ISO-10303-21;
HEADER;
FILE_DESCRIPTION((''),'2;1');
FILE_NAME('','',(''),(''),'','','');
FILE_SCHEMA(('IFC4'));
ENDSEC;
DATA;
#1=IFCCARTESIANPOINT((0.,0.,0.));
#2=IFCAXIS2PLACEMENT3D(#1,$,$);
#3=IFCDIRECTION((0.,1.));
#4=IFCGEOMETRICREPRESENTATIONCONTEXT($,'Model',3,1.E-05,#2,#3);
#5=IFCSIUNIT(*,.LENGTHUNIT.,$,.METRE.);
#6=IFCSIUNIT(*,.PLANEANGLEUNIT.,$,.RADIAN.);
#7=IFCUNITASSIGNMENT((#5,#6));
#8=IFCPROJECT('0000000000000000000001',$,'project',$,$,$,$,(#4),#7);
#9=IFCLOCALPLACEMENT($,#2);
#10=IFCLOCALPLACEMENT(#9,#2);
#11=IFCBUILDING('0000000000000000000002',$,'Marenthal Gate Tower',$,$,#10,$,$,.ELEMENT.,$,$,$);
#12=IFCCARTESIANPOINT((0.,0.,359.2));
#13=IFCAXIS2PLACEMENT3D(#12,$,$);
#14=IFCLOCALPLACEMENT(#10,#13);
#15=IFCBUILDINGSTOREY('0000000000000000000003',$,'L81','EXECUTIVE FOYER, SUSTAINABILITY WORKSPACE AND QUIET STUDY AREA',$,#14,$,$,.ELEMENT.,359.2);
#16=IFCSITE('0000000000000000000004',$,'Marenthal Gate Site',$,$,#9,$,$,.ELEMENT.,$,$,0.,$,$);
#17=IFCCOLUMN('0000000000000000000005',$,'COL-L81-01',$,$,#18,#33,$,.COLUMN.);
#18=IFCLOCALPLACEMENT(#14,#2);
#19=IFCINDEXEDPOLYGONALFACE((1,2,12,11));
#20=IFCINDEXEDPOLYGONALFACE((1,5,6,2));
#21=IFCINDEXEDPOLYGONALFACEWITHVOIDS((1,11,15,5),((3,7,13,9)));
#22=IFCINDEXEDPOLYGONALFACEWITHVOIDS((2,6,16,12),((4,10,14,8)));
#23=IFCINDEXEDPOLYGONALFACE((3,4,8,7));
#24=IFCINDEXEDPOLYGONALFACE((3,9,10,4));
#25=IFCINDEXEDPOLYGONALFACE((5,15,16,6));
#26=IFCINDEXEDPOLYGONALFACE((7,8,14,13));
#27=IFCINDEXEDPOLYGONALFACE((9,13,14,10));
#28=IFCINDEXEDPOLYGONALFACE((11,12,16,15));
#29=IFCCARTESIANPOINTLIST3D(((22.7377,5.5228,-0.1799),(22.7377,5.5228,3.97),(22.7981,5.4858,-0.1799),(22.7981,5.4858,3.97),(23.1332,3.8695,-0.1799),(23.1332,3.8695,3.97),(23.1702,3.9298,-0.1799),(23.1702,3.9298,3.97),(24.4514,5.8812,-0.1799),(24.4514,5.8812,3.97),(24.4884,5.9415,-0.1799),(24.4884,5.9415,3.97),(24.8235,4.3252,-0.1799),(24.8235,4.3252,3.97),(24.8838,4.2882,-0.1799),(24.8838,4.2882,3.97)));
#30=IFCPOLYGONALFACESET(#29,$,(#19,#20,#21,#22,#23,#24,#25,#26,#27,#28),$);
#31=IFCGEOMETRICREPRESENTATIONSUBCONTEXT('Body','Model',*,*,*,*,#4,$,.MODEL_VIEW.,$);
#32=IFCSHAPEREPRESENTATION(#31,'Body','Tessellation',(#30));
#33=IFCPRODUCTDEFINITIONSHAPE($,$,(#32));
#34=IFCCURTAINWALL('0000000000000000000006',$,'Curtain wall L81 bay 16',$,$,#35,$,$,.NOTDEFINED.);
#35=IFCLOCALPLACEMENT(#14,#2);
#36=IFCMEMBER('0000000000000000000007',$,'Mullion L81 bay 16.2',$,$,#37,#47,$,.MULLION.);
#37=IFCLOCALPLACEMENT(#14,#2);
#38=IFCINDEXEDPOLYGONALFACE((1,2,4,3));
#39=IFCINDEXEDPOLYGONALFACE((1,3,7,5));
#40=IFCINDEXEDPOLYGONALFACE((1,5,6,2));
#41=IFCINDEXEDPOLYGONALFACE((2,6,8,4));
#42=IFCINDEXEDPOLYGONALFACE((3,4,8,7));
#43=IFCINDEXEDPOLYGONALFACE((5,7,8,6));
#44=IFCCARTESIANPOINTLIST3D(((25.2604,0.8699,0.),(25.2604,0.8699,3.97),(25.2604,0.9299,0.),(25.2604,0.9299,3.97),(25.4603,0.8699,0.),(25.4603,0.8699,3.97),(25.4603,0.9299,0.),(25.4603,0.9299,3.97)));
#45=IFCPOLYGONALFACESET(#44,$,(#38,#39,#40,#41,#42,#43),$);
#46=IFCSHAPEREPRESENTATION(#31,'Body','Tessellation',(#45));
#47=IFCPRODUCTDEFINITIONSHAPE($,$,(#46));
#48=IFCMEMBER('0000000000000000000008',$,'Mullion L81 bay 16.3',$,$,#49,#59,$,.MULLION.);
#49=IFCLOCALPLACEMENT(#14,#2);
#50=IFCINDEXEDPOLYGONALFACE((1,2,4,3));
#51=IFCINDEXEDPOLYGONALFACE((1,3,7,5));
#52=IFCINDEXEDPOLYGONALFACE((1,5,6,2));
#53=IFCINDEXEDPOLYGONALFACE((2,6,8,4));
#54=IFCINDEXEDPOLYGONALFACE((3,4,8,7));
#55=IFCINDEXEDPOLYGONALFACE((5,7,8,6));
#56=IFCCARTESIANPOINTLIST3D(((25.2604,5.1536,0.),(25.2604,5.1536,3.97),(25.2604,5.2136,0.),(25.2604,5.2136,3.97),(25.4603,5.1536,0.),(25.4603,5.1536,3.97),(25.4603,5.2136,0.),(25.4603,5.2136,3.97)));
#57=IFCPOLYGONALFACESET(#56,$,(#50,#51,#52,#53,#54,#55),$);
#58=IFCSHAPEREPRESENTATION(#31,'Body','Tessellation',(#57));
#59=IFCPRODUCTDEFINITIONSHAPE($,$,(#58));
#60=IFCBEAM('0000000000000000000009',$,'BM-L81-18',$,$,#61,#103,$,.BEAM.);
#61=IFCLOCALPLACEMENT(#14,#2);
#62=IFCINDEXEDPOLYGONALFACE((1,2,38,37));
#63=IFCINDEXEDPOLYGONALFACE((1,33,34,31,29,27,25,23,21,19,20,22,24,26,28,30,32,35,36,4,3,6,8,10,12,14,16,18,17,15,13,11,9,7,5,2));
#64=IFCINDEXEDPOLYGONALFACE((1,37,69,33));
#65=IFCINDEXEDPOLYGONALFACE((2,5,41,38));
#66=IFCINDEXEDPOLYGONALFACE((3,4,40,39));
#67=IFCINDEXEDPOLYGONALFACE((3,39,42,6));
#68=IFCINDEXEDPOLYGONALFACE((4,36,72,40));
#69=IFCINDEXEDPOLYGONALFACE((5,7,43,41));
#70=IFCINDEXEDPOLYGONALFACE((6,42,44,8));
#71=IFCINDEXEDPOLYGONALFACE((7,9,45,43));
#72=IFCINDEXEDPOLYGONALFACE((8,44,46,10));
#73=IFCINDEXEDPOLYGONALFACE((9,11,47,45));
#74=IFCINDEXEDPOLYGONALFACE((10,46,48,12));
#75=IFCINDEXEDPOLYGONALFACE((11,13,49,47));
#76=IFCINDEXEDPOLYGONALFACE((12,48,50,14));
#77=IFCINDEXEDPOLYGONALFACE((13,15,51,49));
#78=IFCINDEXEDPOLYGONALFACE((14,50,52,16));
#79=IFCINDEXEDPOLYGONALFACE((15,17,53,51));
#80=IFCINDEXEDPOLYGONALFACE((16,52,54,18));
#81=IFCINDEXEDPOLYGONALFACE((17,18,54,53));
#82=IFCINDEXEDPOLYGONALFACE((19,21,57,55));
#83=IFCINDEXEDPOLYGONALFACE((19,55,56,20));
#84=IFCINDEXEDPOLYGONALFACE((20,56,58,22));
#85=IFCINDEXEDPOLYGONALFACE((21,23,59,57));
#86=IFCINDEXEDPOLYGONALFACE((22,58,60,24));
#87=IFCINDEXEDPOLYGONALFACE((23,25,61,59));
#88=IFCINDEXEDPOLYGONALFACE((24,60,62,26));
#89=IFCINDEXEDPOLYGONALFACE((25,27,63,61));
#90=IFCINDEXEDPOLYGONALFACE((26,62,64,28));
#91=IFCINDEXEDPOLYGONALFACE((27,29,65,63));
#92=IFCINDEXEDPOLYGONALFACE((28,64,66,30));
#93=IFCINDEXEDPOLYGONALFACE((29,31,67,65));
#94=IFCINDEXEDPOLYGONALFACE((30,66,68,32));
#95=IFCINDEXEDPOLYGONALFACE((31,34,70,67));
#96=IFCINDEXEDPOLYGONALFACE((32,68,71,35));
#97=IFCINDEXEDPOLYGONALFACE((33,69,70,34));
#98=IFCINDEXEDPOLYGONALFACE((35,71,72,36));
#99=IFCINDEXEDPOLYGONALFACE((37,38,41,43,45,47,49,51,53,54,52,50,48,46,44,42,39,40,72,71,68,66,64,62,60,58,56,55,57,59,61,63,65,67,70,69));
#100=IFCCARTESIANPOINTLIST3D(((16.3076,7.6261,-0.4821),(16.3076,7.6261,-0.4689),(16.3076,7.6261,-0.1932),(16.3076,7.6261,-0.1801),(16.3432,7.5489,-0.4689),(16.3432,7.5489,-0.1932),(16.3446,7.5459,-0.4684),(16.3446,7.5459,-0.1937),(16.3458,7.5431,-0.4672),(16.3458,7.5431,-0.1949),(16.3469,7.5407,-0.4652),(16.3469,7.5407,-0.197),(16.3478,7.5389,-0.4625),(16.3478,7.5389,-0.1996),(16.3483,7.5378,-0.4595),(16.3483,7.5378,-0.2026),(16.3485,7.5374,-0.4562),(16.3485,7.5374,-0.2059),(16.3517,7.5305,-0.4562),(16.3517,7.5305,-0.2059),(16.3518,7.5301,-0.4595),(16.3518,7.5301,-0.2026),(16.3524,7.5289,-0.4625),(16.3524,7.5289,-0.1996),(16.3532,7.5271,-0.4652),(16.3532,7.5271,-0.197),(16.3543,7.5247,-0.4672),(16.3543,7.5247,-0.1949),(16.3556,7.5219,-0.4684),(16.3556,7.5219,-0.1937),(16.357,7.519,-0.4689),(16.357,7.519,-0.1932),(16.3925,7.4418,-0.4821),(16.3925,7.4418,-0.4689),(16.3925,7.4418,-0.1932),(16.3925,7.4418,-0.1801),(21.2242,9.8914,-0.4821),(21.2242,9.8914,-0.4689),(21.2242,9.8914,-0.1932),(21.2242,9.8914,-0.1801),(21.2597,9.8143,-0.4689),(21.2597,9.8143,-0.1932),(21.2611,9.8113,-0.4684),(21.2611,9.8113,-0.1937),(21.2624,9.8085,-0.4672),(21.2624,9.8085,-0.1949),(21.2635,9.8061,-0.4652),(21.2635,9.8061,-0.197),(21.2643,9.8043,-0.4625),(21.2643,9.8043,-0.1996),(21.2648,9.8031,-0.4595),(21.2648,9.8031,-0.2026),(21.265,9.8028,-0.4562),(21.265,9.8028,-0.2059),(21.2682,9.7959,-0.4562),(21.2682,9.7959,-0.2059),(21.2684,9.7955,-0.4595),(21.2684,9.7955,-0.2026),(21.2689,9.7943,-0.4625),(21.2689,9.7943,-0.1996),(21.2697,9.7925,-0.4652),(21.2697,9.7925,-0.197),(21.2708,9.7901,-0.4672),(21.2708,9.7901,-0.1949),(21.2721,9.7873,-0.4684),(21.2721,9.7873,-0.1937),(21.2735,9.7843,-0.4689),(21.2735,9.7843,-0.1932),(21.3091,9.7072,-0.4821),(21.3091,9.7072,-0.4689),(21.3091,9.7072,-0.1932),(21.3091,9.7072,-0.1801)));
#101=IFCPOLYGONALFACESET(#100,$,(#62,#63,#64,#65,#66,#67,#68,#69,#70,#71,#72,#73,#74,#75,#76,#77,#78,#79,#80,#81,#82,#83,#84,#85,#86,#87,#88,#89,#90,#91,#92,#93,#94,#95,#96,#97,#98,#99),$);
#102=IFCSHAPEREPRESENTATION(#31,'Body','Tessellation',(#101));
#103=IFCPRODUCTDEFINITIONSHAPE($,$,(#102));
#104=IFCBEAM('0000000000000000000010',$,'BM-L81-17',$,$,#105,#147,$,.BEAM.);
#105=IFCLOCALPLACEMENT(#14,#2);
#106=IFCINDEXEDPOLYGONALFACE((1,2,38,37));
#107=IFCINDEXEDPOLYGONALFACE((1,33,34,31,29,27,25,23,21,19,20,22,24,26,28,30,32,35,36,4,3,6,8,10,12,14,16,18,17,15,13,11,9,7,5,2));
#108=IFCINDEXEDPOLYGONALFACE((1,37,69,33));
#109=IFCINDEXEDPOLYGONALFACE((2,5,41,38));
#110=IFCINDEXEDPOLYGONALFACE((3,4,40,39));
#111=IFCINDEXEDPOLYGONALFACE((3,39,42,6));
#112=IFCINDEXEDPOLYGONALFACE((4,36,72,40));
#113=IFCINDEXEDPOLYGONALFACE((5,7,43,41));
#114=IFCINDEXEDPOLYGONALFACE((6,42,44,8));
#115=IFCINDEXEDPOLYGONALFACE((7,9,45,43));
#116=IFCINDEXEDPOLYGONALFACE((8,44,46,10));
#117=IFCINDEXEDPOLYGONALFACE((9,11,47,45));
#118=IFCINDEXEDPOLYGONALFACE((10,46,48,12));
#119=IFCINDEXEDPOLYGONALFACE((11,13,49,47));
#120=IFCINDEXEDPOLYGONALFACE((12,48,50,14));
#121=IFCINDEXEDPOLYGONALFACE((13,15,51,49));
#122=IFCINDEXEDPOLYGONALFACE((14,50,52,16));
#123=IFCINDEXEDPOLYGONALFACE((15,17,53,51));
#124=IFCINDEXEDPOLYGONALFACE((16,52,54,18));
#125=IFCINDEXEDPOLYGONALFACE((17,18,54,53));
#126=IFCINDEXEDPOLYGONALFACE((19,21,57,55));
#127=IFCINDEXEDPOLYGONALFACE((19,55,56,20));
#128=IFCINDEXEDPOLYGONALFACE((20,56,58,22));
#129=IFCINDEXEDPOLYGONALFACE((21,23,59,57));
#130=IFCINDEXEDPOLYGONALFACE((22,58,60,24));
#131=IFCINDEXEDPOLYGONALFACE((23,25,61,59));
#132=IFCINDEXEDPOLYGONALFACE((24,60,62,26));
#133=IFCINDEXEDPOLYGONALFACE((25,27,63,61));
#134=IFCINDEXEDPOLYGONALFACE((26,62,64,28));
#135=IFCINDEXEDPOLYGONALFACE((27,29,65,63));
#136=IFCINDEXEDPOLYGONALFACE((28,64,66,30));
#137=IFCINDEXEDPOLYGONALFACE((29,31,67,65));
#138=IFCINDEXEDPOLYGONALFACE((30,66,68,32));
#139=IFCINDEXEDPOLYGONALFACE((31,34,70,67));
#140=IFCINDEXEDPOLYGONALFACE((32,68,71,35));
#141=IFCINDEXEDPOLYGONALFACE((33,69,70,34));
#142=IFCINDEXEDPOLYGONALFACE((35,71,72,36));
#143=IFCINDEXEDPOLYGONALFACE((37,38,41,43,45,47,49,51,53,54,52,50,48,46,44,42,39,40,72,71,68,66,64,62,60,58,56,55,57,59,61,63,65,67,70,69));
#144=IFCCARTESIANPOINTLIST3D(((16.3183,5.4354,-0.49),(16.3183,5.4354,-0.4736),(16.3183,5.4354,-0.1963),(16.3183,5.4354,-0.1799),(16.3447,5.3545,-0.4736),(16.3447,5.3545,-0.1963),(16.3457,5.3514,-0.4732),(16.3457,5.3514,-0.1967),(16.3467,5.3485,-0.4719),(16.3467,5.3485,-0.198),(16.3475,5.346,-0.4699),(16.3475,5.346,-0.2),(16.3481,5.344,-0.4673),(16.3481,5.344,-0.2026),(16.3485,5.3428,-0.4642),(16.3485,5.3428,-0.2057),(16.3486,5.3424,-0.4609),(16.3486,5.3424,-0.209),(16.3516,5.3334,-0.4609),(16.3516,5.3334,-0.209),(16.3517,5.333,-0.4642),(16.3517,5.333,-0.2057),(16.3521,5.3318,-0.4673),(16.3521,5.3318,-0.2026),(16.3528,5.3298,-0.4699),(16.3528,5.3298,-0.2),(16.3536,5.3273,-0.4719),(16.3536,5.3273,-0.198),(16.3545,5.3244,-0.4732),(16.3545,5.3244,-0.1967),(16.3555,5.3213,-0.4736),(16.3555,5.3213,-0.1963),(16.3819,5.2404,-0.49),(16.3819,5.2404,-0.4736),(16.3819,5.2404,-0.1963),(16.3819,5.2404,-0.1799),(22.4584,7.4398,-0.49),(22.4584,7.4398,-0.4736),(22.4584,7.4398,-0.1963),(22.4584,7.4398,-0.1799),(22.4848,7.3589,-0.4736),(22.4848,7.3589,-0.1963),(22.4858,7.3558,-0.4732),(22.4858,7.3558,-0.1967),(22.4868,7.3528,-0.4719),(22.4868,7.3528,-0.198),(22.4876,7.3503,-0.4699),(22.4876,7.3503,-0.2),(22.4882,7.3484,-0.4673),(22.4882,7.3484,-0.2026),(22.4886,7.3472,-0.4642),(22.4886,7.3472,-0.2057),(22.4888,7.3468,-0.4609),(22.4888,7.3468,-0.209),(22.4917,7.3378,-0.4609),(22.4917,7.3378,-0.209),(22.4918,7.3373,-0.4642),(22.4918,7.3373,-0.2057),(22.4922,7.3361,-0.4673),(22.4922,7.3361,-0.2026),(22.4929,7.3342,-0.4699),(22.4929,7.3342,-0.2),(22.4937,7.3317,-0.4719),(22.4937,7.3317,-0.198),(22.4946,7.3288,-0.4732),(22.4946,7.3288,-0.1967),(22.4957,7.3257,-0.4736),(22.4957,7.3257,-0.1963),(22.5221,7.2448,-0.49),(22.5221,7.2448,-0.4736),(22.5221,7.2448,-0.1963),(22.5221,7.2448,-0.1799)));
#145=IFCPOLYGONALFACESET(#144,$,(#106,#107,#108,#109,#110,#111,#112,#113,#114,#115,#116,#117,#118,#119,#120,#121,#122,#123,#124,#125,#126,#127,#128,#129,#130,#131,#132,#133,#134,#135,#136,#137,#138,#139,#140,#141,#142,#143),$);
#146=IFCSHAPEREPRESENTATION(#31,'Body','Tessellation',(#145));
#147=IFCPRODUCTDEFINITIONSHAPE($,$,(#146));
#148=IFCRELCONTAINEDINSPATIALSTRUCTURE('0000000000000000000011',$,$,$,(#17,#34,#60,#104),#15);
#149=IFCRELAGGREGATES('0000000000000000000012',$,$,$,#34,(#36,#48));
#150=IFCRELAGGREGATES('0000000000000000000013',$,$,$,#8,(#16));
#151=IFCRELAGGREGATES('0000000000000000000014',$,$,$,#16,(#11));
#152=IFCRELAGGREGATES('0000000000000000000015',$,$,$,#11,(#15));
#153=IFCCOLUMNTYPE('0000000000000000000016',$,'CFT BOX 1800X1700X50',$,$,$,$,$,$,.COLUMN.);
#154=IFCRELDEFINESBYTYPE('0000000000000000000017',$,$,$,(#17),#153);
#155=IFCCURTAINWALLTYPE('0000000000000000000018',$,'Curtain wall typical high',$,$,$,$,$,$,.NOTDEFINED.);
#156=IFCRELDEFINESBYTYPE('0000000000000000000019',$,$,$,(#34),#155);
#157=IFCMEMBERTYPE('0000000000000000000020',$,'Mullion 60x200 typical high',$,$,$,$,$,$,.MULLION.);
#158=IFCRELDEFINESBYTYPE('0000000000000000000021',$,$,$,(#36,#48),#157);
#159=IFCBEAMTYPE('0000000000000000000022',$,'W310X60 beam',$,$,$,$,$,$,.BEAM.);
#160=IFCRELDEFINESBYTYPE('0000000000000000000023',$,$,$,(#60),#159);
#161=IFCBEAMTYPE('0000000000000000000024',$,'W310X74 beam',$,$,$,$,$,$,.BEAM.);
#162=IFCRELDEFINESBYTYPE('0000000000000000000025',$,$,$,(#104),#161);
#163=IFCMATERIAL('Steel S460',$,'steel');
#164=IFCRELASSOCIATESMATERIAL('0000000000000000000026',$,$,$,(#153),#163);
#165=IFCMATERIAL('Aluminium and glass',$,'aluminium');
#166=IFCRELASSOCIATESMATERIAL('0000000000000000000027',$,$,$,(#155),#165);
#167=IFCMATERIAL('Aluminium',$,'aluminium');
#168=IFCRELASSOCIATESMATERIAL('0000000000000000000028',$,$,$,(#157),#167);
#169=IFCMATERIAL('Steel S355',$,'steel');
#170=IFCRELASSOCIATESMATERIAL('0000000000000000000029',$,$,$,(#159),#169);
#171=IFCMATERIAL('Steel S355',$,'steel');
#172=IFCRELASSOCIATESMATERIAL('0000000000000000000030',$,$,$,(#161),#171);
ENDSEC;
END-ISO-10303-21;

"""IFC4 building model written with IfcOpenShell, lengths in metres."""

from ifc_helpers import new_model, si_unit, direction, frame, origin, origin_2d, place, context, subcontext, project, spatial, rectangle, hollow_rectangle, i_section, extrude, material, material_profile, profile_set, type_object, element, aggregate, save


model = new_model("IFC4")

# Units and contexts
model_context = context("Model", 3, precision=1e-05, world=origin(), true_north=direction((0.0, 1.0)))
body_context = subcontext(model_context, "Body", "Model", "MODEL_VIEW")
ifc_project = project(units=[si_unit("LENGTHUNIT", "METRE"), si_unit("PLANEANGLEUNIT", "RADIAN")], contexts=[model_context])

# Site, building, storey
site_placement = place(None, origin())
site = spatial("IfcSite", under=ifc_project, at=site_placement, Name="Marenthal Gate Site", CompositionType="ELEMENT", RefElevation=0.0)
building_placement = place(site_placement, origin())
building = spatial("IfcBuilding", under=site, at=building_placement, Name="Marenthal Gate Tower", CompositionType="ELEMENT")
storey_placement = place(building_placement, frame((0.0, 0.0, 359.2)))
storey = spatial("IfcBuildingStorey", under=building, at=storey_placement, Name="L81", Description="EXECUTIVE FOYER, SUSTAINABILITY WORKSPACE AND QUIET STUDY AREA", CompositionType="ELEMENT", Elevation=359.2)

# Column
ifc_material_1 = material(Name="Steel S460", Category="steel")
ifc_material_profile_1 = material_profile(ifc_material_1, hollow_rectangle(XDim=1.7, YDim=1.8, WallThickness=0.05, at=origin_2d()), Name="CFT BOX 1800X1700X50")
ifc_material_2 = material(Name="Concrete 70 MPa", Category="concrete")
ifc_material_profile_2 = material_profile(ifc_material_2, rectangle(XDim=1.6001, YDim=1.7, at=origin_2d()), Name="CFT BOX 1800X1700X50 INFILL")
ifc_profile_set_1 = profile_set([ifc_material_profile_1, ifc_material_profile_2], Name="Steel S460 shell, Concrete 70 MPa infill")
column_type = type_object("IfcColumnType", Name="CFT BOX 1800X1700X50", PredefinedType="COLUMN", material=ifc_profile_set_1)
column_placement = place(storey_placement, frame((23.8108, 4.9055, -0.1799), z_axis=(0.0, 0.0, 1.0), x_axis=(0.232598, -0.972573, 0.0)))
element("IfcColumn", 1, at=column_placement, inside=storey, type_object=column_type, Name="COL-L81-01", PredefinedType="COLUMN", context=body_context, shape_type="SweptSolid", body=[
    extrude(hollow_rectangle(XDim=1.7, YDim=1.8, WallThickness=0.05, at=origin_2d()), origin(), (0.0, 0.0, 1.0), 4.1499),
])

# Curtain wall, members
ifc_material_3 = material(Name="Aluminium and glass", Category="aluminium")
curtain_wall_type = type_object("IfcCurtainWallType", Name="Curtain wall typical high", PredefinedType="NOTDEFINED", material=ifc_material_3)
curtain_wall_placement = place(storey_placement, origin())
curtain_wall = element("IfcCurtainWall", 2, at=curtain_wall_placement, inside=storey, type_object=curtain_wall_type, Name="Curtain wall L81 bay 16", PredefinedType="NOTDEFINED")
ifc_material_4 = material(Name="Aluminium", Category="aluminium")
ifc_material_profile_3 = material_profile(ifc_material_4, rectangle(XDim=0.2, YDim=0.0601, at=origin_2d()), Name="60x200 aluminium mullion")
ifc_profile_set_2 = profile_set([ifc_material_profile_3], Name="Aluminium")
member_type = type_object("IfcMemberType", Name="Mullion 60x200 typical high", PredefinedType="MULLION", material=ifc_profile_set_2)
member_1_placement = place(storey_placement, frame((25.3604, 0.8999, 0.0), z_axis=(0.0, 0.0, 1.0), x_axis=(-1.0, 0.0, 0.0)))
member_1 = element("IfcMember", 3, at=member_1_placement, type_object=member_type, Name="Mullion L81 bay 16.2", PredefinedType="MULLION", context=body_context, shape_type="SweptSolid", body=[
    extrude(rectangle(XDim=0.2, YDim=0.0601, at=origin_2d()), origin(), (0.0, 0.0, 1.0), 3.97),
])
member_2_placement = place(storey_placement, frame((25.3604, 5.1836, 0.0), z_axis=(0.0, 0.0, 1.0), x_axis=(-1.0, 0.0, 0.0)))
member_2 = element("IfcMember", 4, at=member_2_placement, type_object=member_type, Name="Mullion L81 bay 16.3", PredefinedType="MULLION", context=body_context, shape_type="SweptSolid", body=[
    extrude(rectangle(XDim=0.2, YDim=0.0601, at=origin_2d()), origin(), (0.0, 0.0, 1.0), 3.97),
])

# Beams
ifc_material_5 = material(Name="Steel S355", Category="steel")
ifc_material_profile_4 = material_profile(ifc_material_5, i_section(OverallWidth=0.2029, OverallDepth=0.302, WebThickness=0.0076, FlangeThickness=0.0132, FilletRadius=0.0127, at=origin_2d()), Name="W310X60")
ifc_profile_set_3 = profile_set([ifc_material_profile_4], Name="Steel S355")
beam_type_1 = type_object("IfcBeamType", Name="W310X60 beam", PredefinedType="BEAM", material=ifc_profile_set_3)
beam_1_placement = place(storey_placement, frame((21.2666, 9.7993, -0.3311), z_axis=(-0.908225, -0.418483, 0.0), x_axis=(0.418483, -0.908225, 0.0)))
element("IfcBeam", 5, at=beam_1_placement, inside=storey, type_object=beam_type_1, Name="BM-L81-18", PredefinedType="BEAM", context=body_context, shape_type="SweptSolid", body=[
    extrude(i_section(OverallWidth=0.2029, OverallDepth=0.302, WebThickness=0.0076, FlangeThickness=0.0132, FilletRadius=0.0127, at=origin_2d()), origin(), (0.0, 0.0, 1.0), 5.4133),
])
ifc_material_6 = material(Name="Steel S355", Category="steel")
ifc_material_profile_5 = material_profile(ifc_material_6, i_section(OverallWidth=0.2051, OverallDepth=0.3101, WebThickness=0.0095, FlangeThickness=0.0164, FilletRadius=0.0127, at=origin_2d()), Name="W310X74")
ifc_profile_set_4 = profile_set([ifc_material_profile_5], Name="Steel S355")
beam_type_2 = type_object("IfcBeamType", Name="W310X74 beam", PredefinedType="BEAM", material=ifc_profile_set_4)
beam_2_placement = place(storey_placement, frame((22.4902, 7.3423, -0.335), z_axis=(-0.95063, -0.310325, 0.0), x_axis=(0.310325, -0.95063, 0.0)))
element("IfcBeam", 6, at=beam_2_placement, inside=storey, type_object=beam_type_2, Name="BM-L81-17", PredefinedType="BEAM", context=body_context, shape_type="SweptSolid", body=[
    extrude(i_section(OverallWidth=0.2051, OverallDepth=0.3101, WebThickness=0.0095, FlangeThickness=0.0164, FilletRadius=0.0127, at=origin_2d()), origin(), (0.0, 0.0, 1.0), 6.459),
])

aggregate(curtain_wall, [member_1, member_2])

save(model, "model.ifc")
